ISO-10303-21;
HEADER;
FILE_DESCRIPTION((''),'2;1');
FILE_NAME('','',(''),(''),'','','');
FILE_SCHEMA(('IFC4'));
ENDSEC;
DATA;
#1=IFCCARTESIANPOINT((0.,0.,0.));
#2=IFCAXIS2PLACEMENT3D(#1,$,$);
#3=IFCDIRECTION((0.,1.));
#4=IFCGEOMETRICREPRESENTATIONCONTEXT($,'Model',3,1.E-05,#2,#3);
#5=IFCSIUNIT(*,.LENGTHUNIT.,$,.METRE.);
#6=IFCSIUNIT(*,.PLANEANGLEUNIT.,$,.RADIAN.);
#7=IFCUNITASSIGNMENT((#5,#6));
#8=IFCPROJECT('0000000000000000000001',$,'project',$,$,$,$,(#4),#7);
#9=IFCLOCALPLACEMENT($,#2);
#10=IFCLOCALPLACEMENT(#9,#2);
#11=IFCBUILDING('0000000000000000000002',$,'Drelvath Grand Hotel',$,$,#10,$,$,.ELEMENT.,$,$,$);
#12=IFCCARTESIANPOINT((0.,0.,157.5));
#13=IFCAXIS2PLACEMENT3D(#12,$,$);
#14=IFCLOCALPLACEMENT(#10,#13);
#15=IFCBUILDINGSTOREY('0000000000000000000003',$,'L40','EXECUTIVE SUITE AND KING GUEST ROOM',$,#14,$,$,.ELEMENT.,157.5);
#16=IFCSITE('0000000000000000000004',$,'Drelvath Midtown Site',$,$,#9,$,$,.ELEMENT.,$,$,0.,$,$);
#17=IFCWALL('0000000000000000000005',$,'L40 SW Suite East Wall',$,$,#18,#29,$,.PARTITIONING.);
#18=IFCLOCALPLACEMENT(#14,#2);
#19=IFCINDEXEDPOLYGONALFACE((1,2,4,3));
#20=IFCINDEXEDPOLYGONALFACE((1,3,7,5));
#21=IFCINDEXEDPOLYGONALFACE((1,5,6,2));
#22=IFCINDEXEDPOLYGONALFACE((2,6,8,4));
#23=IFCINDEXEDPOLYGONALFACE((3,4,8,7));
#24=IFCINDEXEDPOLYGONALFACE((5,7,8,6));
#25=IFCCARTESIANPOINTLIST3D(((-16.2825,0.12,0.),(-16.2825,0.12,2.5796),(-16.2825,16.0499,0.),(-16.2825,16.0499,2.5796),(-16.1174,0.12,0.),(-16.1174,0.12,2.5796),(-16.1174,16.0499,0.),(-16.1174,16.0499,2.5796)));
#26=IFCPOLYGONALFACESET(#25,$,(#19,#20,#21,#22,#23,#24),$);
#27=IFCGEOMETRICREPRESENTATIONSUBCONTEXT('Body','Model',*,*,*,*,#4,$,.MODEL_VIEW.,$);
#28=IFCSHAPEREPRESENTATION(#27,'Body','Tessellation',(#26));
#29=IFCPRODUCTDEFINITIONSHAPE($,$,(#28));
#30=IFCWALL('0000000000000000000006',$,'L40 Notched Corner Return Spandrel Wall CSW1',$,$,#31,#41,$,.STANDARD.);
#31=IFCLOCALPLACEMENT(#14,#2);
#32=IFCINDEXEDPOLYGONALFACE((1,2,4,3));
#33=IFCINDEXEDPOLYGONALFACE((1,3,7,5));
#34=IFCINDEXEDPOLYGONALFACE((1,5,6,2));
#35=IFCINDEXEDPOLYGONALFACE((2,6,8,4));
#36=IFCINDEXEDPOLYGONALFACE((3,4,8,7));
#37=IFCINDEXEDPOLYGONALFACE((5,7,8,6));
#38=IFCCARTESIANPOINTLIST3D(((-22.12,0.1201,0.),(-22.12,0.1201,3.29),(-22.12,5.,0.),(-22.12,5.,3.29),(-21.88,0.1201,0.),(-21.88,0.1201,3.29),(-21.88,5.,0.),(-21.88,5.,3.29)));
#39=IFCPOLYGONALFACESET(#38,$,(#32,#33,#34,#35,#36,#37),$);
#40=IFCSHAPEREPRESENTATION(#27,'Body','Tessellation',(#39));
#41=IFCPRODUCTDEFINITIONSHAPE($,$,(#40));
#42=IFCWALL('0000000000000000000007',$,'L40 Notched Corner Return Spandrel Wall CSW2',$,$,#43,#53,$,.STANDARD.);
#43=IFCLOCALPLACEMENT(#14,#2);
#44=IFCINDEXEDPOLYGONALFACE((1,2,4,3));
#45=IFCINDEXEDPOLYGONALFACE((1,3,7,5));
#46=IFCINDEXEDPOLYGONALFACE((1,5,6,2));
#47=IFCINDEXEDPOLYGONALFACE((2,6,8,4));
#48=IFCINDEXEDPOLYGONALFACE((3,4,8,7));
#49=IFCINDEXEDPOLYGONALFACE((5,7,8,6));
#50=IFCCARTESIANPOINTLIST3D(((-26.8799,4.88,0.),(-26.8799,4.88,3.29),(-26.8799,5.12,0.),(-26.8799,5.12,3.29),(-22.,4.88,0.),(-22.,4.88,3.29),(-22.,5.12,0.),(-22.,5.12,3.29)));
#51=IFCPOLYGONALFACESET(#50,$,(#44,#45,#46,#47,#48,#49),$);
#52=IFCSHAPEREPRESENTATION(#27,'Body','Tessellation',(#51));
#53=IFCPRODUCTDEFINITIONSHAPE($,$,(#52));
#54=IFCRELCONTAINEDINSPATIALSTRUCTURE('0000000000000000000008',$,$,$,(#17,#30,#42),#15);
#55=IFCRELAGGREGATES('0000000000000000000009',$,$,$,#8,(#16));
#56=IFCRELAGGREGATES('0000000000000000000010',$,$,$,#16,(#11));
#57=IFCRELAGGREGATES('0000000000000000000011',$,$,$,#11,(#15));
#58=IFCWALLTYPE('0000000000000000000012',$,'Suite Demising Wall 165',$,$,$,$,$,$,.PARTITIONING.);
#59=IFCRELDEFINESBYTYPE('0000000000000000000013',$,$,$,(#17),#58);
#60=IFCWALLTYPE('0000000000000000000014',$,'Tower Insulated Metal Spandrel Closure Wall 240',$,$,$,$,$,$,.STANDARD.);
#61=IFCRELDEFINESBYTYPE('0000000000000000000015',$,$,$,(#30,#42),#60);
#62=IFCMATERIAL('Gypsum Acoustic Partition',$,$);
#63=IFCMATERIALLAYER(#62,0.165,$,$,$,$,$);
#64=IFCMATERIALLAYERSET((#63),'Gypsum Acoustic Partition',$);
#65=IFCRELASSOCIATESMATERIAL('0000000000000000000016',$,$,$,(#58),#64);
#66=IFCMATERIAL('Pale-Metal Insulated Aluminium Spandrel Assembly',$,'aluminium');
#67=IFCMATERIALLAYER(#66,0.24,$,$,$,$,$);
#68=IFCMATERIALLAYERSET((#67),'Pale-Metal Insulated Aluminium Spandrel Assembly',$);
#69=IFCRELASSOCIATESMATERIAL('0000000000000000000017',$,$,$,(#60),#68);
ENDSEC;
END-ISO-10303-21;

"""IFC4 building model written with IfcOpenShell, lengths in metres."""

from ifc_helpers import new_model, si_unit, direction, frame, frame_2d, origin, place, context, subcontext, project, spatial, rectangle, extrude, material, layer, layer_set, type_object, element, save


model = new_model("IFC4")

# Units and contexts
model_context = context("Model", 3, precision=1e-05, world=origin(), true_north=direction((0.0, 1.0)))
body_context = subcontext(model_context, "Body", "Model", "MODEL_VIEW")
ifc_project = project(units=[si_unit("LENGTHUNIT", "METRE"), si_unit("PLANEANGLEUNIT", "RADIAN")], contexts=[model_context])

# Site, building, storey
site_placement = place(None, origin())
site = spatial("IfcSite", under=ifc_project, at=site_placement, Name="Drelvath Midtown Site", CompositionType="ELEMENT", RefElevation=0.0)
building_placement = place(site_placement, origin())
building = spatial("IfcBuilding", under=site, at=building_placement, Name="Drelvath Grand Hotel", CompositionType="ELEMENT")
storey_placement = place(building_placement, frame((0.0, 0.0, 157.5)))
storey = spatial("IfcBuildingStorey", under=building, at=storey_placement, Name="L40", Description="EXECUTIVE SUITE AND KING GUEST ROOM", CompositionType="ELEMENT", Elevation=157.5)

# Walls
ifc_material_1 = material(Name="Gypsum Acoustic Partition")
ifc_layer_1 = layer(ifc_material_1, 0.165)
ifc_layer_set_1 = layer_set([ifc_layer_1], Name="Gypsum Acoustic Partition")
wall_type_1 = type_object("IfcWallType", Name="Suite Demising Wall 165", PredefinedType="PARTITIONING", material=ifc_layer_set_1)
wall_placement = place(storey_placement, frame((-16.2, 0.1201, 0.0), z_axis=(0.0, 0.0, 1.0), x_axis=(0.0, 1.0, 0.0)))
element("IfcWall", 1, at=wall_placement, inside=storey, type_object=wall_type_1, Name="L40 SW Suite East Wall", PredefinedType="PARTITIONING", context=body_context, shape_type="SweptSolid", body=[
    extrude(rectangle(XDim=15.9299, YDim=0.165, at=frame_2d((7.9648, 0.0))), origin(), (0.0, 0.0, 1.0), 2.5796),
])
ifc_material_2 = material(Name="Pale-Metal Insulated Aluminium Spandrel Assembly", Category="aluminium")
ifc_layer_2 = layer(ifc_material_2, 0.24)
ifc_layer_set_2 = layer_set([ifc_layer_2], Name="Pale-Metal Insulated Aluminium Spandrel Assembly")
wall_type_2 = type_object("IfcWallType", Name="Tower Insulated Metal Spandrel Closure Wall 240", PredefinedType="STANDARD", material=ifc_layer_set_2)
for number, where, z_axis, x_axis, name in (
    (2, (-22.0, 0.1201, 0.0), (0.0, 0.0, 1.0), (0.0, 1.0, 0.0), "L40 Notched Corner Return Spandrel Wall CSW1"),
    (3, (-22.0, 5.0, 0.0), (0.0, 0.0, 1.0), (-1.0, 0.0, 0.0), "L40 Notched Corner Return Spandrel Wall CSW2"),
):
    element("IfcWall", number, at=place(storey_placement, frame(where, z_axis=z_axis, x_axis=x_axis)), inside=storey, type_object=wall_type_2, Name=name, PredefinedType="STANDARD", context=body_context, shape_type="SweptSolid", body=[
        extrude(rectangle(XDim=4.8799, YDim=0.24, at=frame_2d((2.4399, 0.0))), origin(), (0.0, 0.0, 1.0), 3.29),
    ])

save(model, "model.ifc")
